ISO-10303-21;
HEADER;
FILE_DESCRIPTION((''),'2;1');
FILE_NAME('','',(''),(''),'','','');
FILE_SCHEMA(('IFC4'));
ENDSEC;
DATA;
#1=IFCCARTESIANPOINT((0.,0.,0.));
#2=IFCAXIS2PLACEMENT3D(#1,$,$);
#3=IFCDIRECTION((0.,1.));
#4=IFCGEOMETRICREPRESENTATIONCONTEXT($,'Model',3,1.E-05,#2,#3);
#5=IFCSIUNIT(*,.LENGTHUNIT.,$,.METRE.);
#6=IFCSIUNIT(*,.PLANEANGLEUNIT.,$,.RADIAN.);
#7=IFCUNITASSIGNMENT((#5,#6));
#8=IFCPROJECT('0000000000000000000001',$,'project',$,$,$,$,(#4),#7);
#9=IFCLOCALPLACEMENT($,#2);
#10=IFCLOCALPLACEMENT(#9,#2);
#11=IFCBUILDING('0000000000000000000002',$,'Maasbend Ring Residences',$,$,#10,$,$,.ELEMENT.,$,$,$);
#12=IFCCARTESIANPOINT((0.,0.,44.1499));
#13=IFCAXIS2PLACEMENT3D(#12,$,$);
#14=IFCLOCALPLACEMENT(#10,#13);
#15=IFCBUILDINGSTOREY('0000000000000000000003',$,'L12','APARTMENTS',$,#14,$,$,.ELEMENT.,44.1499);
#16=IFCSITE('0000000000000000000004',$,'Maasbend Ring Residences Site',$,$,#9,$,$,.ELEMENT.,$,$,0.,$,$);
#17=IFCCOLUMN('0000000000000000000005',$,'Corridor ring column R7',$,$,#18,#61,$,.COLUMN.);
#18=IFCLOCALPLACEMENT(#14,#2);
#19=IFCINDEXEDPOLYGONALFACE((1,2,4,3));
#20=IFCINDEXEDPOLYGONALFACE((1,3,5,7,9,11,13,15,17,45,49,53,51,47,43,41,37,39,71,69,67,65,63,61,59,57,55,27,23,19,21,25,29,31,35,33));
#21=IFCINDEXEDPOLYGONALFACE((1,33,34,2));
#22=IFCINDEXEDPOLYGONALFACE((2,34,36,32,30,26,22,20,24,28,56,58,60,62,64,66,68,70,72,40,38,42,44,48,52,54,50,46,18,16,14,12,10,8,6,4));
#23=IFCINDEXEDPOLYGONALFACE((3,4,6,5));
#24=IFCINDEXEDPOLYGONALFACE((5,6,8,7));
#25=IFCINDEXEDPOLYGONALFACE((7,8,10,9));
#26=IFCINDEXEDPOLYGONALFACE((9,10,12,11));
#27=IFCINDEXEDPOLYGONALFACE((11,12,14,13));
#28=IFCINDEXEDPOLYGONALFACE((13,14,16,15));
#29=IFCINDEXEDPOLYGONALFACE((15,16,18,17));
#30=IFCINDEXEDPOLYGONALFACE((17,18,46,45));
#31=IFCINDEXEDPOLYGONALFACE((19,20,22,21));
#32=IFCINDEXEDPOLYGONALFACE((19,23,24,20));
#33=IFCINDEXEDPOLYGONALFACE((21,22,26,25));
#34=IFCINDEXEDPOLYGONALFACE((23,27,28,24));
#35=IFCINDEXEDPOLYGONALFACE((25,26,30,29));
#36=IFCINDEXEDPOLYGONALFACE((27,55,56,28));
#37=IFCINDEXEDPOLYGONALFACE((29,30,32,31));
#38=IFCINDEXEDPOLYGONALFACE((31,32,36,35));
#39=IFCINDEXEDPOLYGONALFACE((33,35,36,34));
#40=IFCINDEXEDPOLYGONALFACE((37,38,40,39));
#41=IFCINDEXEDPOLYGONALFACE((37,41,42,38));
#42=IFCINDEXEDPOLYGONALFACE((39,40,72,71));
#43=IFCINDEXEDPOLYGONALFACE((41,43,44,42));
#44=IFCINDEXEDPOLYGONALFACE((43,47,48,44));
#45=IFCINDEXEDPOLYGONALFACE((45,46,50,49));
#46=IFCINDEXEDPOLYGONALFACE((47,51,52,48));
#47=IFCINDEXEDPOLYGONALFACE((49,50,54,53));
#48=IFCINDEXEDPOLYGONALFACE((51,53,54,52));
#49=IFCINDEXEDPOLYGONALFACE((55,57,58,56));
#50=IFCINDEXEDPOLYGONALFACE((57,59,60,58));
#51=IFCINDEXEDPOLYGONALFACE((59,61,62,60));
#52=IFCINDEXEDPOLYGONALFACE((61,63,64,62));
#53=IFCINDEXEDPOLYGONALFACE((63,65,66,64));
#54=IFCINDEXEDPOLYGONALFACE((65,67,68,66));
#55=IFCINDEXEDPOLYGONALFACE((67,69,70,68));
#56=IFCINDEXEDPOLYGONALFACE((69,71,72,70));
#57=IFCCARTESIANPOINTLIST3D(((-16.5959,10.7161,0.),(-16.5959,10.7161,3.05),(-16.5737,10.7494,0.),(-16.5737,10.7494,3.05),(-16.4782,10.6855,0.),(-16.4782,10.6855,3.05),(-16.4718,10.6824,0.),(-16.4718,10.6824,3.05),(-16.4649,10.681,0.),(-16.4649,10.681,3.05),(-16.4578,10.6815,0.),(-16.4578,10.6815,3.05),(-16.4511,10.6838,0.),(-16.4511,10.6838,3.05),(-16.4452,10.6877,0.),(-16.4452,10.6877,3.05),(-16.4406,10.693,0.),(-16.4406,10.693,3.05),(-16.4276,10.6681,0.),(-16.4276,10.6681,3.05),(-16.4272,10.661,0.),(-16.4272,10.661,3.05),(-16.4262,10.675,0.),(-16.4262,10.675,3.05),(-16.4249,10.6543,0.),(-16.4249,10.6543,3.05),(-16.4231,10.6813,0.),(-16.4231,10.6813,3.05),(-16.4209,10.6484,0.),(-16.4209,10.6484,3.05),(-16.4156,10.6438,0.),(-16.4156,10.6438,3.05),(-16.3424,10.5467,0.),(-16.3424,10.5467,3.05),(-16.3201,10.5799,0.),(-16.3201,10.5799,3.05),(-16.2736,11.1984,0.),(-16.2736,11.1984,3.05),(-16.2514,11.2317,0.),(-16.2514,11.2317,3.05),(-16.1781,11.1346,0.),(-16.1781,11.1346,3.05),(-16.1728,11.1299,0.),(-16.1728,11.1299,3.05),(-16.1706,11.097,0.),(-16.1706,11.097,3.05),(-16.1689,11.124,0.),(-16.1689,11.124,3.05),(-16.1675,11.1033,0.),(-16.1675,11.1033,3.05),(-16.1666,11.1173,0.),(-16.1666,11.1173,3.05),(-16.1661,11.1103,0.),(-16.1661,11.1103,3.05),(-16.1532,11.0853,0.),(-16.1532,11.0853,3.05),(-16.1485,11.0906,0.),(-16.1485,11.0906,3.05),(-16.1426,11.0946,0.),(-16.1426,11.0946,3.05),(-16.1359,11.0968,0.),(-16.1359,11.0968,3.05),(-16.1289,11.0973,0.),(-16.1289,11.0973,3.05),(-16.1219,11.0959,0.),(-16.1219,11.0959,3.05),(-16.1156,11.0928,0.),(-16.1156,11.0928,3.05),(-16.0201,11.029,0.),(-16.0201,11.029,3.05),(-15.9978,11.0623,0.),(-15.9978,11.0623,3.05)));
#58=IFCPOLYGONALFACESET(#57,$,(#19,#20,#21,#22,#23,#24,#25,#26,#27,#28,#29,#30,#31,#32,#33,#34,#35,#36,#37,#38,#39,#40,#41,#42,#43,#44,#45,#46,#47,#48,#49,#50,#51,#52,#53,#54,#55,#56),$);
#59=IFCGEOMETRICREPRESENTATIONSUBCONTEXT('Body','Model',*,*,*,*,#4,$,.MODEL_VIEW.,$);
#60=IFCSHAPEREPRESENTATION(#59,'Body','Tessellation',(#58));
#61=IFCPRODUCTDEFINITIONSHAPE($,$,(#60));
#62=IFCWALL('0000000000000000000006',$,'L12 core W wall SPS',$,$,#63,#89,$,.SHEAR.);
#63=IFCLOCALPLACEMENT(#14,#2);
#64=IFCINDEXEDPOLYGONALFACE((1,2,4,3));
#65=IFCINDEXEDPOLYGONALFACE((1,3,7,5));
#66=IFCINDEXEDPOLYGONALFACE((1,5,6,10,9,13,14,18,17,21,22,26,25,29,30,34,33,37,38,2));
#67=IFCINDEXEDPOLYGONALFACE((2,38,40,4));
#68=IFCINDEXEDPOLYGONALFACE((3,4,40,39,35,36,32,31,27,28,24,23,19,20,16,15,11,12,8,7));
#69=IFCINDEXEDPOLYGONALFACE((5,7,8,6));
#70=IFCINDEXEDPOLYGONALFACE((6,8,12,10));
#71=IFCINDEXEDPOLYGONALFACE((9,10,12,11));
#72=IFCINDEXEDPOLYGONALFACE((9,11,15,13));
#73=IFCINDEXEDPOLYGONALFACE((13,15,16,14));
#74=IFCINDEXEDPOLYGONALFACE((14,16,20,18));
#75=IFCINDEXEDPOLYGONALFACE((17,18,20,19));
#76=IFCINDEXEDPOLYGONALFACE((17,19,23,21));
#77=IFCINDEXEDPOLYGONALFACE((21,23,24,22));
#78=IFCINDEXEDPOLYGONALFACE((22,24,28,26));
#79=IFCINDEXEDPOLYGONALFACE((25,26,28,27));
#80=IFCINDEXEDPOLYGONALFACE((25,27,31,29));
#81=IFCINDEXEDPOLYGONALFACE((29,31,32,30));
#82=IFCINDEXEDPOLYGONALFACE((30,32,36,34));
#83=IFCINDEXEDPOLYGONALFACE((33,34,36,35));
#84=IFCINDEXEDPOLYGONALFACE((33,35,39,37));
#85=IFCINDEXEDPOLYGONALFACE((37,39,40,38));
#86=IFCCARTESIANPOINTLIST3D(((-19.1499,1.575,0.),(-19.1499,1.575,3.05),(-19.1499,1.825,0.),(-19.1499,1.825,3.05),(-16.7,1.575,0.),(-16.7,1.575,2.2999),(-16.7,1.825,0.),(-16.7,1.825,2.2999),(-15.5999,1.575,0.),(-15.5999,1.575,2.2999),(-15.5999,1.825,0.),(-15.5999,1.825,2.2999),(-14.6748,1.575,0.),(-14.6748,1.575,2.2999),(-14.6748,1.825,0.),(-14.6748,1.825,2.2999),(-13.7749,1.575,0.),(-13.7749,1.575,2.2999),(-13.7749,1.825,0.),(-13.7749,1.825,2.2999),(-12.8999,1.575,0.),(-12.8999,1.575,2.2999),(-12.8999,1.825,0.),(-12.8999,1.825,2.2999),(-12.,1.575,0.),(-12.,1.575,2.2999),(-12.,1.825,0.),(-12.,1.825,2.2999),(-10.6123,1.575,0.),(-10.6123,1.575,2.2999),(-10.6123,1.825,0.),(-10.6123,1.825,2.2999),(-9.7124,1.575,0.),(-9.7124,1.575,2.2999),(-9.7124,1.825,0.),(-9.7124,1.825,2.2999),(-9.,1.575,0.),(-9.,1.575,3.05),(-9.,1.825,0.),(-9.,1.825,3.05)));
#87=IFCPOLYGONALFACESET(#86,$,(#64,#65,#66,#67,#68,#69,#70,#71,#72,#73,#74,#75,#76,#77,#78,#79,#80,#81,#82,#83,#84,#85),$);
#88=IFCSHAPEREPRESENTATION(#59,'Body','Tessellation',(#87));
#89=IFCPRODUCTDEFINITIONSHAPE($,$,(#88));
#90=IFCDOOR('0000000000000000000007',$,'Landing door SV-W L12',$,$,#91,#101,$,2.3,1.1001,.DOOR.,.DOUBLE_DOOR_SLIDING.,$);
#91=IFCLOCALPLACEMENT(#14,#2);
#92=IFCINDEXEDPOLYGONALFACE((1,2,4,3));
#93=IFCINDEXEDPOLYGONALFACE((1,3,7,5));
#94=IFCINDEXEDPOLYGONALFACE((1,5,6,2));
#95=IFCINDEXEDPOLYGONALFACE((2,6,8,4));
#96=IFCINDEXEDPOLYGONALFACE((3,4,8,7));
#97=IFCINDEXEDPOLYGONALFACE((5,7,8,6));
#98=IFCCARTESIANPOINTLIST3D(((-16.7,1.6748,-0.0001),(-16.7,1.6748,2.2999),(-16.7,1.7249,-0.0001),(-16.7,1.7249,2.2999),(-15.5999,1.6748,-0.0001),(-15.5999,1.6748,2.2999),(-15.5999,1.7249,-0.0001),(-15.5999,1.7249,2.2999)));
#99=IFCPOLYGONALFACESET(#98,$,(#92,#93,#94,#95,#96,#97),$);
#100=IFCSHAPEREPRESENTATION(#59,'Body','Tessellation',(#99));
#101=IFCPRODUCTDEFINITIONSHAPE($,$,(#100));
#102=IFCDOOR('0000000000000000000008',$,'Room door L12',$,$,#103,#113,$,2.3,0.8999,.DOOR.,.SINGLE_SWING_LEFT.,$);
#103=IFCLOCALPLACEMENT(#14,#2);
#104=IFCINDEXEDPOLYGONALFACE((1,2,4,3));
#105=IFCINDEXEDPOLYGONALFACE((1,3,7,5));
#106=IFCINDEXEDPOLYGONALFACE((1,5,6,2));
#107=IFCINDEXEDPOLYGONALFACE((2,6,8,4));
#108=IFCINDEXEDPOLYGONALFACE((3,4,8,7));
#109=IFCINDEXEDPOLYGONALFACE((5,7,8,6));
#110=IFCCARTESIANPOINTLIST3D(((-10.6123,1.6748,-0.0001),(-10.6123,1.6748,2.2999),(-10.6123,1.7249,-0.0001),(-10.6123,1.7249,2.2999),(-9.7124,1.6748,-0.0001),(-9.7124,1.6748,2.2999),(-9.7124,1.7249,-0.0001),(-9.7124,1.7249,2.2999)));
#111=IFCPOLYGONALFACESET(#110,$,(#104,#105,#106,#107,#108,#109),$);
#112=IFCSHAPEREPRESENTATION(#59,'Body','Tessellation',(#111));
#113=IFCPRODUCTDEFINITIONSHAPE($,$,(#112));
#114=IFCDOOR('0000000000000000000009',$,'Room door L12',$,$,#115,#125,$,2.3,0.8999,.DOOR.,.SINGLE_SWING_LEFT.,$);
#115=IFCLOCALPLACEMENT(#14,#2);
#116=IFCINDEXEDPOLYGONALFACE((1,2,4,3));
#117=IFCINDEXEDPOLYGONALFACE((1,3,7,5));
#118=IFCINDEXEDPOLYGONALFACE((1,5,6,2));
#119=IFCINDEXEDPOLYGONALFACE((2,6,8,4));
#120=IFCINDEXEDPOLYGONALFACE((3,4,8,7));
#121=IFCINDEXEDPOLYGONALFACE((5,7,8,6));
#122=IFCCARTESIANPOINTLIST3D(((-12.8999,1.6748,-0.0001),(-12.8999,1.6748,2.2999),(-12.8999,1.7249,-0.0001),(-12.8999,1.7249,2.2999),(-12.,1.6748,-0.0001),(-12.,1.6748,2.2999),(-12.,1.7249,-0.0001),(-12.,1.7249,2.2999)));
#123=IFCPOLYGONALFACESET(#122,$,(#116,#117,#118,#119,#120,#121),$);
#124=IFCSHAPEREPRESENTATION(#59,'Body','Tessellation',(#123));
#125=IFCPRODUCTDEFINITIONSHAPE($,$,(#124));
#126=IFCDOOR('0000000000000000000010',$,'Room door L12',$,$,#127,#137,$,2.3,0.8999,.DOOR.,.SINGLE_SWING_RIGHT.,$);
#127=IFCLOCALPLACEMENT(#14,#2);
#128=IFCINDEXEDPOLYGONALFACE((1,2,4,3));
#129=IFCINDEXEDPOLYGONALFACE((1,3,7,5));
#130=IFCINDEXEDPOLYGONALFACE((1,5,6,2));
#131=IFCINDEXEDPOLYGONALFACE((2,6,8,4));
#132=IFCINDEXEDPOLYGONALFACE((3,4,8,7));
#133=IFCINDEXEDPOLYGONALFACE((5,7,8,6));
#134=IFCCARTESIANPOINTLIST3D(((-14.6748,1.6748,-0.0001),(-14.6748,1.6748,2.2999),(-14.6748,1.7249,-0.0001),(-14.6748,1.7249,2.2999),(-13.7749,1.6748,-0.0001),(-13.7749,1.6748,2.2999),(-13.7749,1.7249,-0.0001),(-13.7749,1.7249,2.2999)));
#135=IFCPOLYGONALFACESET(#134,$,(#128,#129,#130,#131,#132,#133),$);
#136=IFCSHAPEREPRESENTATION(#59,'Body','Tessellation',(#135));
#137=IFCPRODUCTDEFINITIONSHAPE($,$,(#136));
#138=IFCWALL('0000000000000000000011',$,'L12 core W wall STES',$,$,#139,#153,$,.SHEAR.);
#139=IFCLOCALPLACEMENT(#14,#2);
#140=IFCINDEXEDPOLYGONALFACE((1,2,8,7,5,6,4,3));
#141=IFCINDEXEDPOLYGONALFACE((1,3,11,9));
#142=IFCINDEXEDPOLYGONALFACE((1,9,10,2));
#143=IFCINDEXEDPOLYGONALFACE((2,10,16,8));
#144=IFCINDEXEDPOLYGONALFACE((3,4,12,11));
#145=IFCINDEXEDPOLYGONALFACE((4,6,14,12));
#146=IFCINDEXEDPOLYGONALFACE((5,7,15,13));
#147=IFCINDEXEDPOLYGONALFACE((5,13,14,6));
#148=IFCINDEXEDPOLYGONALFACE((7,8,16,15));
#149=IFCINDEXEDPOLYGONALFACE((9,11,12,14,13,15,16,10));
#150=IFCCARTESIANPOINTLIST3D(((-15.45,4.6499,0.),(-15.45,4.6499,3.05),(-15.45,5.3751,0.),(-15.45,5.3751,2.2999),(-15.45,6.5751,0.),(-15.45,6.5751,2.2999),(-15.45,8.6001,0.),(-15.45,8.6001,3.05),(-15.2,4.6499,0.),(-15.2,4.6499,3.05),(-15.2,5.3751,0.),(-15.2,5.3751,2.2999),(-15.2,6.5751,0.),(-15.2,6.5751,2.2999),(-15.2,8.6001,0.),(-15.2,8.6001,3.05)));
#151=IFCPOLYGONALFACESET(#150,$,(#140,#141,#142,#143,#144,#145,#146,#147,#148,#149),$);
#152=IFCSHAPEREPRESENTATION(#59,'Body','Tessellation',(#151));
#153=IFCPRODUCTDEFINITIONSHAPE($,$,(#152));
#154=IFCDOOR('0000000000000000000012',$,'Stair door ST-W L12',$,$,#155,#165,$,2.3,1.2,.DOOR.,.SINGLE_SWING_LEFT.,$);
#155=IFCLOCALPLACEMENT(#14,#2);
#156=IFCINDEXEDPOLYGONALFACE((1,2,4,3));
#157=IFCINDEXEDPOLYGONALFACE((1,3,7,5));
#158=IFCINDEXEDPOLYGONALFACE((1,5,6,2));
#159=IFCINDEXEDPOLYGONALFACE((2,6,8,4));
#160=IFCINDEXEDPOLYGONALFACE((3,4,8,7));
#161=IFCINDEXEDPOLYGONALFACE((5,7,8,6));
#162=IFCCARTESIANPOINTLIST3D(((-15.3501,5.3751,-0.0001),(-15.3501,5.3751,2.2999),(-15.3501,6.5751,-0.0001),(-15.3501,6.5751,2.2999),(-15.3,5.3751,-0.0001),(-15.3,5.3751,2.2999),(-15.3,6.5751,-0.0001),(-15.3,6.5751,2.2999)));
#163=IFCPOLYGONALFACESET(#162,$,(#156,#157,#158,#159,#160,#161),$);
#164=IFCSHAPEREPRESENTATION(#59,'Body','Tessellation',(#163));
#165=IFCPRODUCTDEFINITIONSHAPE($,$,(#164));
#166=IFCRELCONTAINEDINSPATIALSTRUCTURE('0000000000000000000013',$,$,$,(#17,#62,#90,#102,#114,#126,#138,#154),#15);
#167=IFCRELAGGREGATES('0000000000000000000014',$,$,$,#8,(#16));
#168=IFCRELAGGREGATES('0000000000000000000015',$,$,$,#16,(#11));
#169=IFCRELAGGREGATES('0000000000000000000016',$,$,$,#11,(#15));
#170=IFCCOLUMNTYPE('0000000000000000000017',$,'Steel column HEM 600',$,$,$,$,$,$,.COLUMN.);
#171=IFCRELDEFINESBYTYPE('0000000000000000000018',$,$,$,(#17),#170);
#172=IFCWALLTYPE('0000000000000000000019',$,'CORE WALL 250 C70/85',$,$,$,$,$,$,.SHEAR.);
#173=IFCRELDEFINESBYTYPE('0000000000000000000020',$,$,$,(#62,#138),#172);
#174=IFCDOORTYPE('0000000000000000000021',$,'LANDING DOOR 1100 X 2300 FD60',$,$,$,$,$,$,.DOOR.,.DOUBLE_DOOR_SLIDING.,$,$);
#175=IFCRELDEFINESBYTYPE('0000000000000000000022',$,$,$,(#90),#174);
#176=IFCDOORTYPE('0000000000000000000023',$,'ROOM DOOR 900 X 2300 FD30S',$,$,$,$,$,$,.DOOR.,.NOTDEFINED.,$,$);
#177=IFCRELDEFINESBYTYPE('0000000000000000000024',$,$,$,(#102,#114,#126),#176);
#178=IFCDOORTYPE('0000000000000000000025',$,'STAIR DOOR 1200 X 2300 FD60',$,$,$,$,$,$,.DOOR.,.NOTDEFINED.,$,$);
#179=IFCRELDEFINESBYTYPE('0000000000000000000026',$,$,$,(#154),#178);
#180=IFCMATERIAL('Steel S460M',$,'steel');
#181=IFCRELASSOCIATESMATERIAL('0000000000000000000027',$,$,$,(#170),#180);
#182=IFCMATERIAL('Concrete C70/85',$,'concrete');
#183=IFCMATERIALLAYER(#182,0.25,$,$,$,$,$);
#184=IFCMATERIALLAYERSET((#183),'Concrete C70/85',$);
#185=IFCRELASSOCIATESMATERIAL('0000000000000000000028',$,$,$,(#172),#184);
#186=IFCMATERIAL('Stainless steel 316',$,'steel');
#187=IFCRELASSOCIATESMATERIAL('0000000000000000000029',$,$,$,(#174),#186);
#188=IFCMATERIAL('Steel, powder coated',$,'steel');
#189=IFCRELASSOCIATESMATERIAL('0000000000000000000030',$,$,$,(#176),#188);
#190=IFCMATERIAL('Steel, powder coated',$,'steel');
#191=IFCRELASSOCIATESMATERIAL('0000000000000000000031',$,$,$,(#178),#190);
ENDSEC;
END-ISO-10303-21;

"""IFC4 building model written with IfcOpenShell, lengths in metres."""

from ifc_helpers import new_model, si_unit, direction, frame, frame_2d, origin, origin_2d, place, context, subcontext, project, spatial, rectangle, i_section, extrude, material, layer, layer_set, material_profile, profile_set, type_object, element, fill, save


model = new_model("IFC4")

# Units and contexts
model_context = context("Model", 3, precision=1e-05, world=origin(), true_north=direction((0.0, 1.0)))
body_context = subcontext(model_context, "Body", "Model", "MODEL_VIEW")
ifc_project = project(units=[si_unit("LENGTHUNIT", "METRE"), si_unit("PLANEANGLEUNIT", "RADIAN")], contexts=[model_context])

# Site, building, storey
site_placement = place(None, origin())
site = spatial("IfcSite", under=ifc_project, at=site_placement, Name="Maasbend Ring Residences Site", CompositionType="ELEMENT", RefElevation=0.0)
building_placement = place(site_placement, origin())
building = spatial("IfcBuilding", under=site, at=building_placement, Name="Maasbend Ring Residences", CompositionType="ELEMENT")
storey_placement = place(building_placement, frame((0.0, 0.0, 44.1499)))
storey = spatial("IfcBuildingStorey", under=building, at=storey_placement, Name="L12", Description="APARTMENTS", CompositionType="ELEMENT", Elevation=44.1499)

# Column
ifc_material_1 = material(Name="Steel S460M", Category="steel")
ifc_material_profile = material_profile(ifc_material_1, i_section(OverallWidth=0.3049, OverallDepth=0.6201, WebThickness=0.021, FlangeThickness=0.04, FilletRadius=0.0271, at=origin_2d()), Name="HEM 600")
ifc_profile_set = profile_set([ifc_material_profile], Name="Steel S460M")
column_type = type_object("IfcColumnType", Name="Steel column HEM 600", PredefinedType="COLUMN", material=ifc_profile_set)
column_placement = place(storey_placement, frame((-16.2969, 10.8892, 0.0), z_axis=(0.0, 0.0, 1.0), x_axis=(-0.83147, 0.55557, 0.0)))
element("IfcColumn", 1, at=column_placement, inside=storey, type_object=column_type, Name="Corridor ring column R7", PredefinedType="COLUMN", context=body_context, shape_type="SweptSolid", body=[
    extrude(i_section(OverallWidth=0.3049, OverallDepth=0.6201, WebThickness=0.021, FlangeThickness=0.04, FilletRadius=0.0271, at=origin_2d()), origin(), (0.0, 0.0, 1.0), 3.05),
])

# Wall, openings, doors
ifc_material_2 = material(Name="Concrete C70/85", Category="concrete")
ifc_layer_1 = layer(ifc_material_2, 0.25)
ifc_layer_set_1 = layer_set([ifc_layer_1], Name="Concrete C70/85")
wall_type_1 = type_object("IfcWallType", Name="CORE WALL 250 C70/85", PredefinedType="SHEAR", material=ifc_layer_set_1)
wall_1_placement = place(storey_placement, frame((-19.1499, 1.7, 0.0), z_axis=(0.0, 0.0, 1.0), x_axis=(1.0, 0.0, 0.0)))
wall_1 = element("IfcWall", 2, at=wall_1_placement, inside=storey, type_object=wall_type_1, Name="L12 core W wall SPS", PredefinedType="SHEAR", context=body_context, shape_type="SweptSolid", body=[
    extrude(rectangle(XDim=10.1499, YDim=0.25, at=frame_2d((5.075, 0.0))), origin(), (0.0, 0.0, 1.0), 3.05),
])
opening_1_placement = place(wall_1_placement, frame((2.45, 0.0, 0.0)))
opening_1 = element("IfcOpeningElement", 3, at=opening_1_placement, cuts=wall_1, PredefinedType="OPENING", context=body_context, shape_type="SweptSolid", body=[
    extrude(rectangle(XDim=1.1001, YDim=2.3, at=frame_2d((0.55, 1.1499))), frame((0.0, 0.135, 0.0), z_axis=(0.0, -1.0, 0.0), x_axis=(1.0, 0.0, 0.0)), (0.0, 0.0, 1.0), 0.27),
])
opening_2_placement = place(wall_1_placement, frame((8.5376, 0.0, 0.0)))
opening_2 = element("IfcOpeningElement", 4, at=opening_2_placement, cuts=wall_1, PredefinedType="OPENING", context=body_context, shape_type="SweptSolid", body=[
    extrude(rectangle(XDim=0.8999, YDim=2.3, at=frame_2d((0.45, 1.1499))), frame((0.0, 0.135, 0.0), z_axis=(0.0, -1.0, 0.0), x_axis=(1.0, 0.0, 0.0)), (0.0, 0.0, 1.0), 0.27),
])
opening_3_placement = place(wall_1_placement, frame((6.25, 0.0, 0.0)))
opening_3 = element("IfcOpeningElement", 5, at=opening_3_placement, cuts=wall_1, PredefinedType="OPENING", context=body_context, shape_type="SweptSolid", body=[
    extrude(rectangle(XDim=0.8999, YDim=2.3, at=frame_2d((0.45, 1.1499))), frame((0.0, 0.135, 0.0), z_axis=(0.0, -1.0, 0.0), x_axis=(1.0, 0.0, 0.0)), (0.0, 0.0, 1.0), 0.27),
])
opening_4_placement = place(wall_1_placement, frame((4.4751, 0.0, 0.0)))
opening_4 = element("IfcOpeningElement", 6, at=opening_4_placement, cuts=wall_1, PredefinedType="OPENING", context=body_context, shape_type="SweptSolid", body=[
    extrude(rectangle(XDim=0.8999, YDim=2.3, at=frame_2d((0.45, 1.1499))), frame((0.0, 0.135, 0.0), z_axis=(0.0, -1.0, 0.0), x_axis=(1.0, 0.0, 0.0)), (0.0, 0.0, 1.0), 0.27),
])
ifc_material_3 = material(Name="Stainless steel 316", Category="steel")
door_type_1 = type_object("IfcDoorType", Name="LANDING DOOR 1100 X 2300 FD60", OperationType="DOUBLE_DOOR_SLIDING", PredefinedType="DOOR", material=ifc_material_3)
door_1_placement = place(opening_1_placement, origin())
door_1 = element("IfcDoor", 7, at=door_1_placement, inside=storey, type_object=door_type_1, Name="Landing door SV-W L12", OperationType="DOUBLE_DOOR_SLIDING", OverallHeight=2.3, OverallWidth=1.1001, PredefinedType="DOOR", context=body_context, shape_type="SweptSolid", body=[
    extrude(rectangle(XDim=1.1001, YDim=2.3, at=frame_2d((0.55, 1.1499))), frame((0.0, 0.0249, 0.0), z_axis=(0.0, -1.0, 0.0), x_axis=(1.0, 0.0, 0.0)), (0.0, 0.0, 1.0), 0.05),
])
fill(opening_1, door_1)
ifc_material_4 = material(Name="Steel, powder coated", Category="steel")
door_type_2 = type_object("IfcDoorType", Name="ROOM DOOR 900 X 2300 FD30S", OperationType="NOTDEFINED", PredefinedType="DOOR", material=ifc_material_4)
door_2_placement = place(opening_2_placement, origin())
door_2 = element("IfcDoor", 8, at=door_2_placement, inside=storey, type_object=door_type_2, Name="Room door L12", OperationType="SINGLE_SWING_LEFT", OverallHeight=2.3, OverallWidth=0.8999, PredefinedType="DOOR", context=body_context, shape_type="SweptSolid", body=[
    extrude(rectangle(XDim=0.8999, YDim=2.3, at=frame_2d((0.45, 1.1499))), frame((0.0, 0.0249, 0.0), z_axis=(0.0, -1.0, 0.0), x_axis=(1.0, 0.0, 0.0)), (0.0, 0.0, 1.0), 0.05),
])
fill(opening_2, door_2)
door_3_placement = place(opening_3_placement, origin())
door_3 = element("IfcDoor", 9, at=door_3_placement, inside=storey, type_object=door_type_2, Name="Room door L12", OperationType="SINGLE_SWING_LEFT", OverallHeight=2.3, OverallWidth=0.8999, PredefinedType="DOOR", context=body_context, shape_type="SweptSolid", body=[
    extrude(rectangle(XDim=0.8999, YDim=2.3, at=frame_2d((0.45, 1.1499))), frame((0.0, 0.0249, 0.0), z_axis=(0.0, -1.0, 0.0), x_axis=(1.0, 0.0, 0.0)), (0.0, 0.0, 1.0), 0.05),
])
fill(opening_3, door_3)
door_4_placement = place(opening_4_placement, origin())
door_4 = element("IfcDoor", 10, at=door_4_placement, inside=storey, type_object=door_type_2, Name="Room door L12", OperationType="SINGLE_SWING_RIGHT", OverallHeight=2.3, OverallWidth=0.8999, PredefinedType="DOOR", context=body_context, shape_type="SweptSolid", body=[
    extrude(rectangle(XDim=0.8999, YDim=2.3, at=frame_2d((0.45, 1.1499))), frame((0.0, 0.0249, 0.0), z_axis=(0.0, -1.0, 0.0), x_axis=(1.0, 0.0, 0.0)), (0.0, 0.0, 1.0), 0.05),
])
fill(opening_4, door_4)

# Wall, opening, door
wall_2_placement = place(storey_placement, frame((-15.325, 8.6001, 0.0), z_axis=(0.0, 0.0, 1.0), x_axis=(0.0, -1.0, 0.0)))
wall_2 = element("IfcWall", 11, at=wall_2_placement, inside=storey, type_object=wall_type_1, Name="L12 core W wall STES", PredefinedType="SHEAR", context=body_context, shape_type="SweptSolid", body=[
    extrude(rectangle(XDim=3.9502, YDim=0.25, at=frame_2d((1.9751, 0.0))), origin(), (0.0, 0.0, 1.0), 3.05),
])
opening_5_placement = place(wall_2_placement, frame((2.0249, 0.0, 0.0)))
opening_5 = element("IfcOpeningElement", 12, at=opening_5_placement, cuts=wall_2, PredefinedType="OPENING", context=body_context, shape_type="SweptSolid", body=[
    extrude(rectangle(XDim=1.2, YDim=2.3, at=frame_2d((0.6001, 1.1499))), frame((0.0, 0.135, 0.0), z_axis=(0.0, -1.0, 0.0), x_axis=(1.0, 0.0, 0.0)), (0.0, 0.0, 1.0), 0.27),
])
ifc_material_5 = material(Name="Steel, powder coated", Category="steel")
door_type_3 = type_object("IfcDoorType", Name="STAIR DOOR 1200 X 2300 FD60", OperationType="NOTDEFINED", PredefinedType="DOOR", material=ifc_material_5)
door_5_placement = place(opening_5_placement, origin())
door_5 = element("IfcDoor", 13, at=door_5_placement, inside=storey, type_object=door_type_3, Name="Stair door ST-W L12", OperationType="SINGLE_SWING_LEFT", OverallHeight=2.3, OverallWidth=1.2, PredefinedType="DOOR", context=body_context, shape_type="SweptSolid", body=[
    extrude(rectangle(XDim=1.2, YDim=2.3, at=frame_2d((0.6001, 1.1499))), frame((0.0, 0.0249, 0.0), z_axis=(0.0, -1.0, 0.0), x_axis=(1.0, 0.0, 0.0)), (0.0, 0.0, 1.0), 0.05),
])
fill(opening_5, door_5)

save(model, "model.ifc")
